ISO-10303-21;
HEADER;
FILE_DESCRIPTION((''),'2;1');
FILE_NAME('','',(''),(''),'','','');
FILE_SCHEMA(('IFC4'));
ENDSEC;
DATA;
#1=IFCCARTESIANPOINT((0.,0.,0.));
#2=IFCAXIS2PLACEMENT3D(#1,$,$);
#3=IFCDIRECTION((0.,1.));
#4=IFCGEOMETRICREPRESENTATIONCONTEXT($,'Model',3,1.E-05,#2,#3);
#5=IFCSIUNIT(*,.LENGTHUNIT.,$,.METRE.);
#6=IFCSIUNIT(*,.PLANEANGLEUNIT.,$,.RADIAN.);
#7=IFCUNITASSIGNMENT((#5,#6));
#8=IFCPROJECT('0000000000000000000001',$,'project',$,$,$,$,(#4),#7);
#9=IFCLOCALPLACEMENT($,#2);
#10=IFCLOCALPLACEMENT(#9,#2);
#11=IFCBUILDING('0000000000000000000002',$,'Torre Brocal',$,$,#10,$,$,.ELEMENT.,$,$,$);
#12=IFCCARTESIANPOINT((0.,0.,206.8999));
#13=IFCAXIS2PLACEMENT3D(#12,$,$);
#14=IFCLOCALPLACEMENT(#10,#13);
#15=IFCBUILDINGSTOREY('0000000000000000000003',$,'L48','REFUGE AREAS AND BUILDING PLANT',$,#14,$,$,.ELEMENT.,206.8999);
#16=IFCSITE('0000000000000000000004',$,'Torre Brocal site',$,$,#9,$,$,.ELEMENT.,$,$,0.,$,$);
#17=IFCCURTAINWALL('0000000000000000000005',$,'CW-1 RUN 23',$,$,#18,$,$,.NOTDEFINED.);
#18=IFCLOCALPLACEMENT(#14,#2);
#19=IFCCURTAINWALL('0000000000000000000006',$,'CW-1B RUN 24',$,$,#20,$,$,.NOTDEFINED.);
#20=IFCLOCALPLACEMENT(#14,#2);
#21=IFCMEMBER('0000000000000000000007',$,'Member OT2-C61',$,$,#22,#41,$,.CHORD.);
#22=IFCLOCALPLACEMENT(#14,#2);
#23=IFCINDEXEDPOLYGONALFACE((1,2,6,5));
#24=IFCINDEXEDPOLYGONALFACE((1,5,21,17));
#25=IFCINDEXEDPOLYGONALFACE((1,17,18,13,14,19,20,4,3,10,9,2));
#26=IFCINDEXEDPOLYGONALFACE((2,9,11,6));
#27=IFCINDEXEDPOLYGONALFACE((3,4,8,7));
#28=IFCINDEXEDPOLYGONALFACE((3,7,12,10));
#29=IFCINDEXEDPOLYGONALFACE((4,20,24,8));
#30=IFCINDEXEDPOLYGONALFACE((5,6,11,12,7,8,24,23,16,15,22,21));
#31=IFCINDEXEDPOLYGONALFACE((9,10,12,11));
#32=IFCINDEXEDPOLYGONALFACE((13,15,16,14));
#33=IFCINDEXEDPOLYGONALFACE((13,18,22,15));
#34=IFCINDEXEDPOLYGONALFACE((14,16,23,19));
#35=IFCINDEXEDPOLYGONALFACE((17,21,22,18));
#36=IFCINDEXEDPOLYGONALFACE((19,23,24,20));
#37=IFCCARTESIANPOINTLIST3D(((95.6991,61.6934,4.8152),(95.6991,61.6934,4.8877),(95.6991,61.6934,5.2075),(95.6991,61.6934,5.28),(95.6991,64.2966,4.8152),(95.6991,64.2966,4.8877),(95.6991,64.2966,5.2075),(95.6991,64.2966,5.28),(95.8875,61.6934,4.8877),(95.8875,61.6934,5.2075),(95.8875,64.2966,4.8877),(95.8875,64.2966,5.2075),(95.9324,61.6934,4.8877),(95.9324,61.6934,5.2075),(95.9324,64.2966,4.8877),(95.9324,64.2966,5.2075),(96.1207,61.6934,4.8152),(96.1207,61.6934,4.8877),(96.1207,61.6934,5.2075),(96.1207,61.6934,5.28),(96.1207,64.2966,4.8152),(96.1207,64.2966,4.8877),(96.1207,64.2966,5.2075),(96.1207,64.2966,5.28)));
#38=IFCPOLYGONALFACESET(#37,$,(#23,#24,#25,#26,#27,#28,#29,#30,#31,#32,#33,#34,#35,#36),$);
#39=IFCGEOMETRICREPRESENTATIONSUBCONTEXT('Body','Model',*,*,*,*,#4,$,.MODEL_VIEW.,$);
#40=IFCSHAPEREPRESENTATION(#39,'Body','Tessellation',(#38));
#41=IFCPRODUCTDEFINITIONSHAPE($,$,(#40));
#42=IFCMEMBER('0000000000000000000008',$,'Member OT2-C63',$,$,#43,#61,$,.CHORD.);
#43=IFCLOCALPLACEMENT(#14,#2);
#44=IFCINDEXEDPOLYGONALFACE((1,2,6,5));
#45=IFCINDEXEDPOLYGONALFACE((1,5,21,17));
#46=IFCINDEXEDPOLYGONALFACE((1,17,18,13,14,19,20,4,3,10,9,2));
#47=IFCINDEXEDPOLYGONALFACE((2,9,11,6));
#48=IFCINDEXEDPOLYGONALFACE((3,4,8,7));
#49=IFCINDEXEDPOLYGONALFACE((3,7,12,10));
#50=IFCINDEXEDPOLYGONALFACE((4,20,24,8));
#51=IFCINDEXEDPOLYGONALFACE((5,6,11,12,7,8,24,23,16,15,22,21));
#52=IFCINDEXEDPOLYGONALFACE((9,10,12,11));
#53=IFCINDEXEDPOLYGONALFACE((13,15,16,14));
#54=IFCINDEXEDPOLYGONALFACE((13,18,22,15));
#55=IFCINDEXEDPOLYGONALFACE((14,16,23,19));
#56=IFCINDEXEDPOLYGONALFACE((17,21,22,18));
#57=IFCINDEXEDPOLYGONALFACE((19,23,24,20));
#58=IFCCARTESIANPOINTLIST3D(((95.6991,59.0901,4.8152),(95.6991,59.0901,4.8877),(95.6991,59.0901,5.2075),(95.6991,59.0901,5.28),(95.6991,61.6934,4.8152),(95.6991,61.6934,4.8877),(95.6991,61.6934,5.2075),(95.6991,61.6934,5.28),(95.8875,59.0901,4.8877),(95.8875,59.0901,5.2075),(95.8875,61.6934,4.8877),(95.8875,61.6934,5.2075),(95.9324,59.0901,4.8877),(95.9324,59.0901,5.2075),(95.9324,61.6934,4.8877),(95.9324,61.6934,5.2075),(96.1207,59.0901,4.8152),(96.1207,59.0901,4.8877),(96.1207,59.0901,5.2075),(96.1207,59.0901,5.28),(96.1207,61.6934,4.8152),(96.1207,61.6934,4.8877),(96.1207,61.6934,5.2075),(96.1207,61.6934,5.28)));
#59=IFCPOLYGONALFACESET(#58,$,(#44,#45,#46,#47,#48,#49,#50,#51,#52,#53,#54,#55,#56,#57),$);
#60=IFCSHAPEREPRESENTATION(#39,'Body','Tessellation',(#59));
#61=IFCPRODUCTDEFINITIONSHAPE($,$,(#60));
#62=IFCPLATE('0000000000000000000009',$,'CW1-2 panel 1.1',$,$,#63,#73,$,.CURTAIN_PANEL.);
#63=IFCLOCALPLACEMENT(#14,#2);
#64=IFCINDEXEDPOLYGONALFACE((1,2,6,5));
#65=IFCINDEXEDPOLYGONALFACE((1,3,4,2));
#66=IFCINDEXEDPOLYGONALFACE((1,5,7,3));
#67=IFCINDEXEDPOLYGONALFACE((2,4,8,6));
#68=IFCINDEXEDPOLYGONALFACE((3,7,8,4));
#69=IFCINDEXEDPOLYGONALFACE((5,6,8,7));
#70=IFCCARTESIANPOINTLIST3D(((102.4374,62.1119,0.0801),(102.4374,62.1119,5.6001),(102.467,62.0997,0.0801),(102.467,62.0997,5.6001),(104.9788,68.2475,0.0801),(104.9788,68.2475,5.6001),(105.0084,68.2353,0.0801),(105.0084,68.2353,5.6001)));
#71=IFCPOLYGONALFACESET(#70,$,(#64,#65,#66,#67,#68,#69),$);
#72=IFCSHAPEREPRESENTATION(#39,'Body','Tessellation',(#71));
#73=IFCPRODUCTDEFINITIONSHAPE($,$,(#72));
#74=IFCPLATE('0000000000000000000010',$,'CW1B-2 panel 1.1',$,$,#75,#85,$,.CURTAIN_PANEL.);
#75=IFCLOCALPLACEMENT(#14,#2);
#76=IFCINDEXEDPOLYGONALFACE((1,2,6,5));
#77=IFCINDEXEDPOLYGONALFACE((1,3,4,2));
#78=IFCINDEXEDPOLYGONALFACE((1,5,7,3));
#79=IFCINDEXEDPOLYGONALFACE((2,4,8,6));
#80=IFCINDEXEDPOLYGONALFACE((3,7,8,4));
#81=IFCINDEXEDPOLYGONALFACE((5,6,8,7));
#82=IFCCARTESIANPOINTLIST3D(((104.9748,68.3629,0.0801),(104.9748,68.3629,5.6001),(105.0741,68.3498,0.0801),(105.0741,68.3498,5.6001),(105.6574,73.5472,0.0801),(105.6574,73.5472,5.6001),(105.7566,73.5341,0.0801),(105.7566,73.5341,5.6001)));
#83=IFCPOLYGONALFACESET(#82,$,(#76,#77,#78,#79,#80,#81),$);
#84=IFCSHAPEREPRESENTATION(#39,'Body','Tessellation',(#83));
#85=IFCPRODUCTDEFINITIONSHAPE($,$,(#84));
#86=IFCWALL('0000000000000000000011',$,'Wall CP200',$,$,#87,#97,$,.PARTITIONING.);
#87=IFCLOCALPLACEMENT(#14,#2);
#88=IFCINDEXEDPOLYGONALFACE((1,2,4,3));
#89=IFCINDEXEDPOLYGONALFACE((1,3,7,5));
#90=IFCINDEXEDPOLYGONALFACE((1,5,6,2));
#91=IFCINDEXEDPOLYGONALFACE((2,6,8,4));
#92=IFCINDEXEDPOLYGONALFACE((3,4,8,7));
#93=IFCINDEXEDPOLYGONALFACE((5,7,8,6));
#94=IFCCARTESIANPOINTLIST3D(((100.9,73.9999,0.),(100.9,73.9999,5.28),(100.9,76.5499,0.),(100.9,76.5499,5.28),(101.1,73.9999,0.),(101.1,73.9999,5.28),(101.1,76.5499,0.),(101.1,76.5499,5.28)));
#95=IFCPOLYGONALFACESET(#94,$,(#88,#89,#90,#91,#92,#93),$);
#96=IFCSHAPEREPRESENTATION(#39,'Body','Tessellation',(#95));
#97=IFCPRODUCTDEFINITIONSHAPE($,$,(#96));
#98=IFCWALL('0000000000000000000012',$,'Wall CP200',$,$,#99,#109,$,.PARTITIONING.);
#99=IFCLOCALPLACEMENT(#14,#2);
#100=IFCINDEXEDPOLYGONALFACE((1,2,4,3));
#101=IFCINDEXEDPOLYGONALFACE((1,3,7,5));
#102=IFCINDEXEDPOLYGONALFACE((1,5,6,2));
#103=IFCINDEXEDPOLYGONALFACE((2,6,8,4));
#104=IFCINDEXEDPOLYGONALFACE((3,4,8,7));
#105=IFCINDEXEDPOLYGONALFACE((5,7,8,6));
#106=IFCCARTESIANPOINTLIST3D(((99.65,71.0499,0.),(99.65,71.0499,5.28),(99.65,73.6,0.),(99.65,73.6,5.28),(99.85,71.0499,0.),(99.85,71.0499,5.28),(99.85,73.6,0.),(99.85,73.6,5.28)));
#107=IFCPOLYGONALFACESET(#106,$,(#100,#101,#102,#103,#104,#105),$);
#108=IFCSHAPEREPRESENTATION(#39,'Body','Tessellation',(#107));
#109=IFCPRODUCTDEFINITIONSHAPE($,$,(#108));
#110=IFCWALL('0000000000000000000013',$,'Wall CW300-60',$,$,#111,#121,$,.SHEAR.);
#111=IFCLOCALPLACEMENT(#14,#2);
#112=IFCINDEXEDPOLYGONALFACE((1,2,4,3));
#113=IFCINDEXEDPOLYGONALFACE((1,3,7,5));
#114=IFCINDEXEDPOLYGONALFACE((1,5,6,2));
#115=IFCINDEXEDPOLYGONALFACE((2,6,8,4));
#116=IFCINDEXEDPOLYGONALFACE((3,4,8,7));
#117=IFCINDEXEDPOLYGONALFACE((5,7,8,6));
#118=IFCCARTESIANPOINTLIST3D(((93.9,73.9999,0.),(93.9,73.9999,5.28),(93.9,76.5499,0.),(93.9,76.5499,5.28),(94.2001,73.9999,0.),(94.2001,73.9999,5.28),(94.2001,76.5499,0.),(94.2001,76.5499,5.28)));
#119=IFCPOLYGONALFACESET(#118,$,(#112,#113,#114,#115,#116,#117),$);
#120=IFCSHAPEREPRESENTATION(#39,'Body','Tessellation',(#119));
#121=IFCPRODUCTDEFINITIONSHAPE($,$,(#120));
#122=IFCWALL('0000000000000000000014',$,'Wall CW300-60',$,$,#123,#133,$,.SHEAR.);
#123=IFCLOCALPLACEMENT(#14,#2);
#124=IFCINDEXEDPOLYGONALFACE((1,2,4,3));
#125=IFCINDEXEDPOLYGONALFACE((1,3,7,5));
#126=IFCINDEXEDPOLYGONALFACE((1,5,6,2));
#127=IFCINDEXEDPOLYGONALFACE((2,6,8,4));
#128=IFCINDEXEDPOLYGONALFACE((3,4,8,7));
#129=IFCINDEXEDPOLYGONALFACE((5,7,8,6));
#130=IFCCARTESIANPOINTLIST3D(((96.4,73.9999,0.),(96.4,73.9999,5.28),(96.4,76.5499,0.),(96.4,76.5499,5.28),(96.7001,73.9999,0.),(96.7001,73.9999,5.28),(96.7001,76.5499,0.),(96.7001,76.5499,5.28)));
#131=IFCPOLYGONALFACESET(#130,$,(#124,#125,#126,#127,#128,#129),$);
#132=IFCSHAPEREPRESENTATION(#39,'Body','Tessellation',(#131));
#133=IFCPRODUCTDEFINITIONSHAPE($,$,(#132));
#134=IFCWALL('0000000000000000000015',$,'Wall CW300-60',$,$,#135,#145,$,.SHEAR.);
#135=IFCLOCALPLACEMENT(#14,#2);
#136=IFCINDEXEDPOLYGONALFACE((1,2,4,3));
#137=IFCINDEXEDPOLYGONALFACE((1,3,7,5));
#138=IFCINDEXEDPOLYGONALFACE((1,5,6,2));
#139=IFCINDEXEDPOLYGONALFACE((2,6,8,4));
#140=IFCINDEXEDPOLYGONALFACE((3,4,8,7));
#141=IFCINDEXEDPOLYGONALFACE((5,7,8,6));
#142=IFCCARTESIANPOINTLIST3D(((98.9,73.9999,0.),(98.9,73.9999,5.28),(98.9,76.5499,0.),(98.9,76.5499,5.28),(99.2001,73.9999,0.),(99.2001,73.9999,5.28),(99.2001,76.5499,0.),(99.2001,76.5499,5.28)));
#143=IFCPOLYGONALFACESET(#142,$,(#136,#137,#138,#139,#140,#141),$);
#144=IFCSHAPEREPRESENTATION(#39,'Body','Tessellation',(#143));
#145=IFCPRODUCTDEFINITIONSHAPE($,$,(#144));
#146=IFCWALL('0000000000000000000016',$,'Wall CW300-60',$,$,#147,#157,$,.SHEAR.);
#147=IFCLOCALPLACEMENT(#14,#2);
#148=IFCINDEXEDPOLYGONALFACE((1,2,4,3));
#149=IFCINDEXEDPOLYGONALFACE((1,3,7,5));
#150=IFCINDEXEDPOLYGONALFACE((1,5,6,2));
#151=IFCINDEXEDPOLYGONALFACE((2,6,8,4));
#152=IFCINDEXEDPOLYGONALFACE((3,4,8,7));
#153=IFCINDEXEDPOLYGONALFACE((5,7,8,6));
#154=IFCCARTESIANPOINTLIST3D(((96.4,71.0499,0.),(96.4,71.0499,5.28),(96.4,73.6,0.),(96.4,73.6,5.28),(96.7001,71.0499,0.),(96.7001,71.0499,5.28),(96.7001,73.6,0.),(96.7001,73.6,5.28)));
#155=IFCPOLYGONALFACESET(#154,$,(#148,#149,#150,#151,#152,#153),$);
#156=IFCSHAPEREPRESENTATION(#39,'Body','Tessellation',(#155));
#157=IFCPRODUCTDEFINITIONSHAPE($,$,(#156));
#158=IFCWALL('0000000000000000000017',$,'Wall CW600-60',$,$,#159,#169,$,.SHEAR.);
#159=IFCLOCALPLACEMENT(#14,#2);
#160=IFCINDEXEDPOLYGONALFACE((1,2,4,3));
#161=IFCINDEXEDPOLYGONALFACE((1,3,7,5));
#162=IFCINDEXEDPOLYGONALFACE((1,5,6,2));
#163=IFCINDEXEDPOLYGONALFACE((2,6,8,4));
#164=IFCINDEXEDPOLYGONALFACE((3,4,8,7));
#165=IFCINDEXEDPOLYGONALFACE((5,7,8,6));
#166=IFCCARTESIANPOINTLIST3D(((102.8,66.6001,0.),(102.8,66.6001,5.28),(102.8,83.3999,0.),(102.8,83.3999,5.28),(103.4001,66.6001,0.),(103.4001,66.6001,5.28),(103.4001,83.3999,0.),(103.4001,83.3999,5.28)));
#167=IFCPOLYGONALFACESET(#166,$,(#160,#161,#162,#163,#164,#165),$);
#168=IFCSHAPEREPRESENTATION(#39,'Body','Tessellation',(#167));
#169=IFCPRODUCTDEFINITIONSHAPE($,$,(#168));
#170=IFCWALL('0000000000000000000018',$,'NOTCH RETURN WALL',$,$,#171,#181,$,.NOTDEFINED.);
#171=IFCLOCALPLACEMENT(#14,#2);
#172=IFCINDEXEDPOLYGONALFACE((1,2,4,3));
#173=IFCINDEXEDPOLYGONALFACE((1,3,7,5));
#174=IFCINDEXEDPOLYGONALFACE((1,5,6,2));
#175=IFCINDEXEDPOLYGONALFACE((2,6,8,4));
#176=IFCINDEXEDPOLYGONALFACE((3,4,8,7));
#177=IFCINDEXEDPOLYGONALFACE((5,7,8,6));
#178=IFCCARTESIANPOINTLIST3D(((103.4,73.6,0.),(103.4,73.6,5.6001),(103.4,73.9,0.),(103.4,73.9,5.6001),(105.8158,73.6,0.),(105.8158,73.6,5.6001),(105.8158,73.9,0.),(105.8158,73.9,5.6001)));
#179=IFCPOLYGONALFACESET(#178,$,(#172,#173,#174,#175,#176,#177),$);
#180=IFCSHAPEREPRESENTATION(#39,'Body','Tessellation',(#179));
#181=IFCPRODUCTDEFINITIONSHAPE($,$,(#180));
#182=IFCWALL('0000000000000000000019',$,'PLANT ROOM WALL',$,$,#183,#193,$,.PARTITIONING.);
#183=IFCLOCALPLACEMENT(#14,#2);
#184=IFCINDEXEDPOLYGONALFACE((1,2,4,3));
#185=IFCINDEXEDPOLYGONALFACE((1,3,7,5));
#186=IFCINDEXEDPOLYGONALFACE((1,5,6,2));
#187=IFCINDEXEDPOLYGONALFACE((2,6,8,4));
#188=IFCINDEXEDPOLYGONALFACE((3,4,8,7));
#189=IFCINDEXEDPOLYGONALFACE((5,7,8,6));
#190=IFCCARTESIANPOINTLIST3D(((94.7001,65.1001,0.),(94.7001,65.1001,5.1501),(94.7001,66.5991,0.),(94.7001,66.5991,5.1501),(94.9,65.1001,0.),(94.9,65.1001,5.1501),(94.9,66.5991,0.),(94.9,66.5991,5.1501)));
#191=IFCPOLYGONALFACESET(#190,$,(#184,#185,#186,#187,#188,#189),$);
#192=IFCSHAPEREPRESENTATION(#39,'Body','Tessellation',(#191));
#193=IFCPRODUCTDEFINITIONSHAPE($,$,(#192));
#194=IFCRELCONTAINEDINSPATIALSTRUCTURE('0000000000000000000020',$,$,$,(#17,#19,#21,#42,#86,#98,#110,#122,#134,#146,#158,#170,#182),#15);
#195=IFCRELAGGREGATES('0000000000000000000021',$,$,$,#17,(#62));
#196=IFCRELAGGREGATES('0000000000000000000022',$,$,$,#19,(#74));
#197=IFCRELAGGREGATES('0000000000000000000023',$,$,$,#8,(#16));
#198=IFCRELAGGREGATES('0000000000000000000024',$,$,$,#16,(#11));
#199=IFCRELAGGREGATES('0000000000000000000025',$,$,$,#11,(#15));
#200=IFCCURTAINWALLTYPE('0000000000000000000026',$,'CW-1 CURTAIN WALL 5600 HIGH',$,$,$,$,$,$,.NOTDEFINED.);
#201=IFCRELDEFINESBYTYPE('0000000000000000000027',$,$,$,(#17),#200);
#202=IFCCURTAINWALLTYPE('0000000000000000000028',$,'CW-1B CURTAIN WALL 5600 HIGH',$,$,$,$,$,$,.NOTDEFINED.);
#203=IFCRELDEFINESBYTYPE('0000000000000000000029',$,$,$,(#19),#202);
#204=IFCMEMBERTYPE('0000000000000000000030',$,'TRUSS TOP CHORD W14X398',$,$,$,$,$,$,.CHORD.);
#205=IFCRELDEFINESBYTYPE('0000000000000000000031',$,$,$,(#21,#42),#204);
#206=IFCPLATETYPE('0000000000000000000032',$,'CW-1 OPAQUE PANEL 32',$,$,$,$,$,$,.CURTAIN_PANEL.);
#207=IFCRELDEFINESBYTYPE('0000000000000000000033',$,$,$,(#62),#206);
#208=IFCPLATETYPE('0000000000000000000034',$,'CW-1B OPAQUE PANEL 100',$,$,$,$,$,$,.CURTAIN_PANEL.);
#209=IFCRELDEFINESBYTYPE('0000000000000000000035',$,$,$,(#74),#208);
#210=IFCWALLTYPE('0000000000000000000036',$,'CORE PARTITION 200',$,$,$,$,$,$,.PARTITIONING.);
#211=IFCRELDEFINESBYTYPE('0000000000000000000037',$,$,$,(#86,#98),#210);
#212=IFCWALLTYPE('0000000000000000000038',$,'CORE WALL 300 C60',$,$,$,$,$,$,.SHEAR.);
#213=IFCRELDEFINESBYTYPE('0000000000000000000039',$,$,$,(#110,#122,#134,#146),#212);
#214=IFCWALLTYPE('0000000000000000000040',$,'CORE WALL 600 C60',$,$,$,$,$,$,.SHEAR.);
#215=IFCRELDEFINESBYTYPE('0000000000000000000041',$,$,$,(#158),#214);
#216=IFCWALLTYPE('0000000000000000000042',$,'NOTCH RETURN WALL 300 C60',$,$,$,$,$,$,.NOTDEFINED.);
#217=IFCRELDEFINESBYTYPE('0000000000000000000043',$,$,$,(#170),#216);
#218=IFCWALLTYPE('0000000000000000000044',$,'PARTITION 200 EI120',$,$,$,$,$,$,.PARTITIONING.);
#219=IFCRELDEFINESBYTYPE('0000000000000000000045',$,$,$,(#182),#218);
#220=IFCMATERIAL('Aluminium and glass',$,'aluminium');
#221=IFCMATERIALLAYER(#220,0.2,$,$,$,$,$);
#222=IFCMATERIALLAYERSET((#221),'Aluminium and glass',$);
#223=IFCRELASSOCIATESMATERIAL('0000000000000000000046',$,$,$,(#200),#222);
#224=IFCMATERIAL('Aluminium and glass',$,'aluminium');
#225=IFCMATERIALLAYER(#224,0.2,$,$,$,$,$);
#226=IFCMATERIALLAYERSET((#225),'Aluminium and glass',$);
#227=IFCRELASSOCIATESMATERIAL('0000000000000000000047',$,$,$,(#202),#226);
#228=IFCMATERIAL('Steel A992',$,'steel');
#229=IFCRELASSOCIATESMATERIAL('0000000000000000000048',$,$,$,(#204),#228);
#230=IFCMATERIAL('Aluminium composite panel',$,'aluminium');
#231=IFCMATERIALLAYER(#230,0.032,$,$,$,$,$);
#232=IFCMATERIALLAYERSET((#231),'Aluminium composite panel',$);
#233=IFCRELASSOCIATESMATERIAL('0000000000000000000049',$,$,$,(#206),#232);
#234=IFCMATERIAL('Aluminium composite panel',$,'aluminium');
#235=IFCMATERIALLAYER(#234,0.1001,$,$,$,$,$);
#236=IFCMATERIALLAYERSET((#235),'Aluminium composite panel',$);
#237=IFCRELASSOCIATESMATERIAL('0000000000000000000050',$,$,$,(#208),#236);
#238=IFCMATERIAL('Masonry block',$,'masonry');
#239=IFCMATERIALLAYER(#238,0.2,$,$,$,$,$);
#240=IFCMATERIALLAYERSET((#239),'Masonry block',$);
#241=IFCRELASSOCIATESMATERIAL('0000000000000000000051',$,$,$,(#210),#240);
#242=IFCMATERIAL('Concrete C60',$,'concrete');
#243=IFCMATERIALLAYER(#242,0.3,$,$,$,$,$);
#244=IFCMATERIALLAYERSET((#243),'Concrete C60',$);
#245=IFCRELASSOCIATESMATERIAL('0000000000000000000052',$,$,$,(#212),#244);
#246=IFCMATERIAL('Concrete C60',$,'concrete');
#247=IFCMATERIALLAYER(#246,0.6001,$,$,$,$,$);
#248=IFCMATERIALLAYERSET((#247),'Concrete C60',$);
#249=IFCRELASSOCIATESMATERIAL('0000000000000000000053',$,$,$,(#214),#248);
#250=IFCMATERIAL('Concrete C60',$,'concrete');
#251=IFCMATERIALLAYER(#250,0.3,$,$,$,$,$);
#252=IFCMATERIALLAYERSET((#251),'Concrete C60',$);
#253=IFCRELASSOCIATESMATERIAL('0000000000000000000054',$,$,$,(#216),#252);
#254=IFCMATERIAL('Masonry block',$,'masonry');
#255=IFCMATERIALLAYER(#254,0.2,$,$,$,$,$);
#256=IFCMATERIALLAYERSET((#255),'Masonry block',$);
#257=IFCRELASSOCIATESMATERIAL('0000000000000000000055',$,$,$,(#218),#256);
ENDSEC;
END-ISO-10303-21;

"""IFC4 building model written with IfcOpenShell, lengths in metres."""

from ifc_helpers import new_model, si_unit, direction, frame, frame_2d, origin, origin_2d, place, context, subcontext, project, spatial, rectangle, i_section, extrude, material, layer, layer_set, material_profile, profile_set, type_object, element, aggregate, save


model = new_model("IFC4")

# Units and contexts
model_context = context("Model", 3, precision=1e-05, world=origin(), true_north=direction((0.0, 1.0)))
body_context = subcontext(model_context, "Body", "Model", "MODEL_VIEW")
ifc_project = project(units=[si_unit("LENGTHUNIT", "METRE"), si_unit("PLANEANGLEUNIT", "RADIAN")], contexts=[model_context])

# Site, building, storey
site_placement = place(None, origin())
site = spatial("IfcSite", under=ifc_project, at=site_placement, Name="Torre Brocal site", CompositionType="ELEMENT", RefElevation=0.0)
building_placement = place(site_placement, origin())
building = spatial("IfcBuilding", under=site, at=building_placement, Name="Torre Brocal", CompositionType="ELEMENT")
storey_placement = place(building_placement, frame((0.0, 0.0, 206.8999)))
storey = spatial("IfcBuildingStorey", under=building, at=storey_placement, Name="L48", Description="REFUGE AREAS AND BUILDING PLANT", CompositionType="ELEMENT", Elevation=206.8999)

# Shared definitions
ifc_material_1 = material(Name="Aluminium and glass", Category="aluminium")
ifc_layer_1 = layer(ifc_material_1, 0.2)
ifc_layer_set_1 = layer_set([ifc_layer_1], Name="Aluminium and glass")
curtain_wall_type_1 = type_object("IfcCurtainWallType", Name="CW-1 CURTAIN WALL 5600 HIGH", PredefinedType="NOTDEFINED", material=ifc_layer_set_1)

# Curtain walls
curtain_wall_1_placement = place(storey_placement, origin())
curtain_wall_1 = element("IfcCurtainWall", 1, at=curtain_wall_1_placement, inside=storey, type_object=curtain_wall_type_1, Name="CW-1 RUN 23", PredefinedType="NOTDEFINED")
ifc_material_2 = material(Name="Aluminium and glass", Category="aluminium")
ifc_layer_2 = layer(ifc_material_2, 0.2)
ifc_layer_set_2 = layer_set([ifc_layer_2], Name="Aluminium and glass")
curtain_wall_type_2 = type_object("IfcCurtainWallType", Name="CW-1B CURTAIN WALL 5600 HIGH", PredefinedType="NOTDEFINED", material=ifc_layer_set_2)
curtain_wall_2_placement = place(storey_placement, origin())
curtain_wall_2 = element("IfcCurtainWall", 2, at=curtain_wall_2_placement, inside=storey, type_object=curtain_wall_type_2, Name="CW-1B RUN 24", PredefinedType="NOTDEFINED")

# Members
ifc_material_3 = material(Name="Steel A992", Category="steel")
ifc_material_profile_1 = material_profile(ifc_material_3, i_section(OverallWidth=0.4216, OverallDepth=0.4648, WebThickness=0.0449, FlangeThickness=0.0725, at=origin_2d()), Name="W14X398")
ifc_profile_set_1 = profile_set([ifc_material_profile_1], Name="Steel A992")
member_type_1 = type_object("IfcMemberType", Name="TRUSS TOP CHORD W14X398", PredefinedType="CHORD", material=ifc_profile_set_1)
for number, where, z_axis, x_axis, name in (
    (3, (95.9099, 64.2966, 5.0476), (0.0, -1.0, 0.0), (1.0, 0.0, 0.0), "Member OT2-C61"),
    (4, (95.9099, 61.6934, 5.0476), (0.0, -1.0, 0.0), (1.0, 0.0, 0.0), "Member OT2-C63"),
):
    element("IfcMember", number, at=place(storey_placement, frame(where, z_axis=z_axis, x_axis=x_axis)), inside=storey, type_object=member_type_1, Name=name, PredefinedType="CHORD", context=body_context, shape_type="SweptSolid", body=[
        extrude(i_section(OverallWidth=0.4216, OverallDepth=0.4648, WebThickness=0.0449, FlangeThickness=0.0725, at=origin_2d()), origin(), (0.0, 0.0, 1.0), 2.6033),
    ])

# Plates
ifc_material_4 = material(Name="Aluminium composite panel", Category="aluminium")
ifc_layer_3 = layer(ifc_material_4, 0.032)
ifc_layer_set_3 = layer_set([ifc_layer_3], Name="Aluminium composite panel")
plate_type_1 = type_object("IfcPlateType", Name="CW-1 OPAQUE PANEL 32", PredefinedType="CURTAIN_PANEL", material=ifc_layer_set_3)
plate_1_placement = place(storey_placement, frame((103.7229, 65.1736, 0.0801), z_axis=(0.0, 0.0, 1.0), x_axis=(0.382683, 0.92388, 0.0)))
plate_1 = element("IfcPlate", 5, at=plate_1_placement, type_object=plate_type_1, Name="CW1-2 panel 1.1", PredefinedType="CURTAIN_PANEL", context=body_context, shape_type="SweptSolid", body=[
    extrude(rectangle(XDim=6.6411, YDim=0.032, at=origin_2d()), origin(), (0.0, 0.0, 1.0), 5.52),
])
aggregate(curtain_wall_1, [plate_1])
ifc_material_5 = material(Name="Aluminium composite panel", Category="aluminium")
ifc_layer_4 = layer(ifc_material_5, 0.1001)
ifc_layer_set_4 = layer_set([ifc_layer_4], Name="Aluminium composite panel")
plate_type_2 = type_object("IfcPlateType", Name="CW-1B OPAQUE PANEL 100", PredefinedType="CURTAIN_PANEL", material=ifc_layer_set_4)
plate_2_placement = place(storey_placement, frame((105.3657, 70.9485, 0.0801), z_axis=(0.0, 0.0, 1.0), x_axis=(0.130526, 0.991445, 0.0)))
plate_2 = element("IfcPlate", 6, at=plate_2_placement, type_object=plate_type_2, Name="CW1B-2 panel 1.1", PredefinedType="CURTAIN_PANEL", context=body_context, shape_type="SweptSolid", body=[
    extrude(rectangle(XDim=5.229, YDim=0.1001, at=origin_2d()), origin(), (0.0, 0.0, 1.0), 5.52),
])
aggregate(curtain_wall_2, [plate_2])

# Walls
ifc_material_6 = material(Name="Masonry block", Category="masonry")
ifc_layer_5 = layer(ifc_material_6, 0.2)
ifc_layer_set_5 = layer_set([ifc_layer_5], Name="Masonry block")
wall_type_1 = type_object("IfcWallType", Name="CORE PARTITION 200", PredefinedType="PARTITIONING", material=ifc_layer_set_5)
for number, where, z_axis, x_axis, name in (
    (7, (101.0, 74.0, 0.0), (0.0, 0.0, 1.0), (0.0, 1.0, 0.0), "Wall CP200"),
    (8, (99.75, 71.05, 0.0), (0.0, 0.0, 1.0), (0.0, 1.0, 0.0), "Wall CP200"),
):
    element("IfcWall", number, at=place(storey_placement, frame(where, z_axis=z_axis, x_axis=x_axis)), inside=storey, type_object=wall_type_1, Name=name, PredefinedType="PARTITIONING", context=body_context, shape_type="SweptSolid", body=[
        extrude(rectangle(XDim=2.55, YDim=0.2, at=frame_2d((1.2749, 0.0))), origin(), (0.0, 0.0, 1.0), 5.28),
    ])
ifc_material_7 = material(Name="Concrete C60", Category="concrete")
ifc_layer_6 = layer(ifc_material_7, 0.3)
ifc_layer_set_6 = layer_set([ifc_layer_6], Name="Concrete C60")
wall_type_2 = type_object("IfcWallType", Name="CORE WALL 300 C60", PredefinedType="SHEAR", material=ifc_layer_set_6)
for number, where, z_axis, x_axis, name in (
    (9, (94.05, 74.0, 0.0), (0.0, 0.0, 1.0), (0.0, 1.0, 0.0), "Wall CW300-60"),
    (10, (96.55, 74.0, 0.0), (0.0, 0.0, 1.0), (0.0, 1.0, 0.0), "Wall CW300-60"),
    (11, (99.05, 74.0, 0.0), (0.0, 0.0, 1.0), (0.0, 1.0, 0.0), "Wall CW300-60"),
    (12, (96.55, 71.05, 0.0), (0.0, 0.0, 1.0), (0.0, 1.0, 0.0), "Wall CW300-60"),
):
    element("IfcWall", number, at=place(storey_placement, frame(where, z_axis=z_axis, x_axis=x_axis)), inside=storey, type_object=wall_type_2, Name=name, PredefinedType="SHEAR", context=body_context, shape_type="SweptSolid", body=[
        extrude(rectangle(XDim=2.55, YDim=0.3, at=frame_2d((1.2749, 0.0))), origin(), (0.0, 0.0, 1.0), 5.28),
    ])
ifc_material_8 = material(Name="Concrete C60", Category="concrete")
ifc_layer_7 = layer(ifc_material_8, 0.6001)
ifc_layer_set_7 = layer_set([ifc_layer_7], Name="Concrete C60")
wall_type_3 = type_object("IfcWallType", Name="CORE WALL 600 C60", PredefinedType="SHEAR", material=ifc_layer_set_7)
wall_1_placement = place(storey_placement, frame((103.1001, 66.6001, 0.0), z_axis=(0.0, 0.0, 1.0), x_axis=(0.0, 1.0, 0.0)))
element("IfcWall", 13, at=wall_1_placement, inside=storey, type_object=wall_type_3, Name="Wall CW600-60", PredefinedType="SHEAR", context=body_context, shape_type="SweptSolid", body=[
    extrude(rectangle(XDim=16.7998, YDim=0.6001, at=frame_2d((8.3999, 0.0))), origin(), (0.0, 0.0, 1.0), 5.28),
])
ifc_material_9 = material(Name="Concrete C60", Category="concrete")
ifc_layer_8 = layer(ifc_material_9, 0.3)
ifc_layer_set_8 = layer_set([ifc_layer_8], Name="Concrete C60")
wall_type_4 = type_object("IfcWallType", Name="NOTCH RETURN WALL 300 C60", PredefinedType="NOTDEFINED", material=ifc_layer_set_8)
wall_2_placement = place(storey_placement, frame((103.3999, 73.75, 0.0), z_axis=(0.0, 0.0, 1.0), x_axis=(1.0, 0.0, 0.0)))
element("IfcWall", 14, at=wall_2_placement, inside=storey, type_object=wall_type_4, Name="NOTCH RETURN WALL", PredefinedType="NOTDEFINED", context=body_context, shape_type="SweptSolid", body=[
    extrude(rectangle(XDim=2.4158, YDim=0.3, at=frame_2d((1.208, 0.0))), origin(), (0.0, 0.0, 1.0), 5.6001),
])
ifc_material_10 = material(Name="Masonry block", Category="masonry")
ifc_layer_9 = layer(ifc_material_10, 0.2)
ifc_layer_set_9 = layer_set([ifc_layer_9], Name="Masonry block")
wall_type_5 = type_object("IfcWallType", Name="PARTITION 200 EI120", PredefinedType="PARTITIONING", material=ifc_layer_set_9)
wall_3_placement = place(storey_placement, frame((94.8, 65.1001, 0.0), z_axis=(0.0, 0.0, 1.0), x_axis=(0.0, 1.0, 0.0)))
element("IfcWall", 15, at=wall_3_placement, inside=storey, type_object=wall_type_5, Name="PLANT ROOM WALL", PredefinedType="PARTITIONING", context=body_context, shape_type="SweptSolid", body=[
    extrude(rectangle(XDim=1.499, YDim=0.2, at=frame_2d((0.7495, 0.0))), origin(), (0.0, 0.0, 1.0), 5.1501),
])

save(model, "model.ifc")
